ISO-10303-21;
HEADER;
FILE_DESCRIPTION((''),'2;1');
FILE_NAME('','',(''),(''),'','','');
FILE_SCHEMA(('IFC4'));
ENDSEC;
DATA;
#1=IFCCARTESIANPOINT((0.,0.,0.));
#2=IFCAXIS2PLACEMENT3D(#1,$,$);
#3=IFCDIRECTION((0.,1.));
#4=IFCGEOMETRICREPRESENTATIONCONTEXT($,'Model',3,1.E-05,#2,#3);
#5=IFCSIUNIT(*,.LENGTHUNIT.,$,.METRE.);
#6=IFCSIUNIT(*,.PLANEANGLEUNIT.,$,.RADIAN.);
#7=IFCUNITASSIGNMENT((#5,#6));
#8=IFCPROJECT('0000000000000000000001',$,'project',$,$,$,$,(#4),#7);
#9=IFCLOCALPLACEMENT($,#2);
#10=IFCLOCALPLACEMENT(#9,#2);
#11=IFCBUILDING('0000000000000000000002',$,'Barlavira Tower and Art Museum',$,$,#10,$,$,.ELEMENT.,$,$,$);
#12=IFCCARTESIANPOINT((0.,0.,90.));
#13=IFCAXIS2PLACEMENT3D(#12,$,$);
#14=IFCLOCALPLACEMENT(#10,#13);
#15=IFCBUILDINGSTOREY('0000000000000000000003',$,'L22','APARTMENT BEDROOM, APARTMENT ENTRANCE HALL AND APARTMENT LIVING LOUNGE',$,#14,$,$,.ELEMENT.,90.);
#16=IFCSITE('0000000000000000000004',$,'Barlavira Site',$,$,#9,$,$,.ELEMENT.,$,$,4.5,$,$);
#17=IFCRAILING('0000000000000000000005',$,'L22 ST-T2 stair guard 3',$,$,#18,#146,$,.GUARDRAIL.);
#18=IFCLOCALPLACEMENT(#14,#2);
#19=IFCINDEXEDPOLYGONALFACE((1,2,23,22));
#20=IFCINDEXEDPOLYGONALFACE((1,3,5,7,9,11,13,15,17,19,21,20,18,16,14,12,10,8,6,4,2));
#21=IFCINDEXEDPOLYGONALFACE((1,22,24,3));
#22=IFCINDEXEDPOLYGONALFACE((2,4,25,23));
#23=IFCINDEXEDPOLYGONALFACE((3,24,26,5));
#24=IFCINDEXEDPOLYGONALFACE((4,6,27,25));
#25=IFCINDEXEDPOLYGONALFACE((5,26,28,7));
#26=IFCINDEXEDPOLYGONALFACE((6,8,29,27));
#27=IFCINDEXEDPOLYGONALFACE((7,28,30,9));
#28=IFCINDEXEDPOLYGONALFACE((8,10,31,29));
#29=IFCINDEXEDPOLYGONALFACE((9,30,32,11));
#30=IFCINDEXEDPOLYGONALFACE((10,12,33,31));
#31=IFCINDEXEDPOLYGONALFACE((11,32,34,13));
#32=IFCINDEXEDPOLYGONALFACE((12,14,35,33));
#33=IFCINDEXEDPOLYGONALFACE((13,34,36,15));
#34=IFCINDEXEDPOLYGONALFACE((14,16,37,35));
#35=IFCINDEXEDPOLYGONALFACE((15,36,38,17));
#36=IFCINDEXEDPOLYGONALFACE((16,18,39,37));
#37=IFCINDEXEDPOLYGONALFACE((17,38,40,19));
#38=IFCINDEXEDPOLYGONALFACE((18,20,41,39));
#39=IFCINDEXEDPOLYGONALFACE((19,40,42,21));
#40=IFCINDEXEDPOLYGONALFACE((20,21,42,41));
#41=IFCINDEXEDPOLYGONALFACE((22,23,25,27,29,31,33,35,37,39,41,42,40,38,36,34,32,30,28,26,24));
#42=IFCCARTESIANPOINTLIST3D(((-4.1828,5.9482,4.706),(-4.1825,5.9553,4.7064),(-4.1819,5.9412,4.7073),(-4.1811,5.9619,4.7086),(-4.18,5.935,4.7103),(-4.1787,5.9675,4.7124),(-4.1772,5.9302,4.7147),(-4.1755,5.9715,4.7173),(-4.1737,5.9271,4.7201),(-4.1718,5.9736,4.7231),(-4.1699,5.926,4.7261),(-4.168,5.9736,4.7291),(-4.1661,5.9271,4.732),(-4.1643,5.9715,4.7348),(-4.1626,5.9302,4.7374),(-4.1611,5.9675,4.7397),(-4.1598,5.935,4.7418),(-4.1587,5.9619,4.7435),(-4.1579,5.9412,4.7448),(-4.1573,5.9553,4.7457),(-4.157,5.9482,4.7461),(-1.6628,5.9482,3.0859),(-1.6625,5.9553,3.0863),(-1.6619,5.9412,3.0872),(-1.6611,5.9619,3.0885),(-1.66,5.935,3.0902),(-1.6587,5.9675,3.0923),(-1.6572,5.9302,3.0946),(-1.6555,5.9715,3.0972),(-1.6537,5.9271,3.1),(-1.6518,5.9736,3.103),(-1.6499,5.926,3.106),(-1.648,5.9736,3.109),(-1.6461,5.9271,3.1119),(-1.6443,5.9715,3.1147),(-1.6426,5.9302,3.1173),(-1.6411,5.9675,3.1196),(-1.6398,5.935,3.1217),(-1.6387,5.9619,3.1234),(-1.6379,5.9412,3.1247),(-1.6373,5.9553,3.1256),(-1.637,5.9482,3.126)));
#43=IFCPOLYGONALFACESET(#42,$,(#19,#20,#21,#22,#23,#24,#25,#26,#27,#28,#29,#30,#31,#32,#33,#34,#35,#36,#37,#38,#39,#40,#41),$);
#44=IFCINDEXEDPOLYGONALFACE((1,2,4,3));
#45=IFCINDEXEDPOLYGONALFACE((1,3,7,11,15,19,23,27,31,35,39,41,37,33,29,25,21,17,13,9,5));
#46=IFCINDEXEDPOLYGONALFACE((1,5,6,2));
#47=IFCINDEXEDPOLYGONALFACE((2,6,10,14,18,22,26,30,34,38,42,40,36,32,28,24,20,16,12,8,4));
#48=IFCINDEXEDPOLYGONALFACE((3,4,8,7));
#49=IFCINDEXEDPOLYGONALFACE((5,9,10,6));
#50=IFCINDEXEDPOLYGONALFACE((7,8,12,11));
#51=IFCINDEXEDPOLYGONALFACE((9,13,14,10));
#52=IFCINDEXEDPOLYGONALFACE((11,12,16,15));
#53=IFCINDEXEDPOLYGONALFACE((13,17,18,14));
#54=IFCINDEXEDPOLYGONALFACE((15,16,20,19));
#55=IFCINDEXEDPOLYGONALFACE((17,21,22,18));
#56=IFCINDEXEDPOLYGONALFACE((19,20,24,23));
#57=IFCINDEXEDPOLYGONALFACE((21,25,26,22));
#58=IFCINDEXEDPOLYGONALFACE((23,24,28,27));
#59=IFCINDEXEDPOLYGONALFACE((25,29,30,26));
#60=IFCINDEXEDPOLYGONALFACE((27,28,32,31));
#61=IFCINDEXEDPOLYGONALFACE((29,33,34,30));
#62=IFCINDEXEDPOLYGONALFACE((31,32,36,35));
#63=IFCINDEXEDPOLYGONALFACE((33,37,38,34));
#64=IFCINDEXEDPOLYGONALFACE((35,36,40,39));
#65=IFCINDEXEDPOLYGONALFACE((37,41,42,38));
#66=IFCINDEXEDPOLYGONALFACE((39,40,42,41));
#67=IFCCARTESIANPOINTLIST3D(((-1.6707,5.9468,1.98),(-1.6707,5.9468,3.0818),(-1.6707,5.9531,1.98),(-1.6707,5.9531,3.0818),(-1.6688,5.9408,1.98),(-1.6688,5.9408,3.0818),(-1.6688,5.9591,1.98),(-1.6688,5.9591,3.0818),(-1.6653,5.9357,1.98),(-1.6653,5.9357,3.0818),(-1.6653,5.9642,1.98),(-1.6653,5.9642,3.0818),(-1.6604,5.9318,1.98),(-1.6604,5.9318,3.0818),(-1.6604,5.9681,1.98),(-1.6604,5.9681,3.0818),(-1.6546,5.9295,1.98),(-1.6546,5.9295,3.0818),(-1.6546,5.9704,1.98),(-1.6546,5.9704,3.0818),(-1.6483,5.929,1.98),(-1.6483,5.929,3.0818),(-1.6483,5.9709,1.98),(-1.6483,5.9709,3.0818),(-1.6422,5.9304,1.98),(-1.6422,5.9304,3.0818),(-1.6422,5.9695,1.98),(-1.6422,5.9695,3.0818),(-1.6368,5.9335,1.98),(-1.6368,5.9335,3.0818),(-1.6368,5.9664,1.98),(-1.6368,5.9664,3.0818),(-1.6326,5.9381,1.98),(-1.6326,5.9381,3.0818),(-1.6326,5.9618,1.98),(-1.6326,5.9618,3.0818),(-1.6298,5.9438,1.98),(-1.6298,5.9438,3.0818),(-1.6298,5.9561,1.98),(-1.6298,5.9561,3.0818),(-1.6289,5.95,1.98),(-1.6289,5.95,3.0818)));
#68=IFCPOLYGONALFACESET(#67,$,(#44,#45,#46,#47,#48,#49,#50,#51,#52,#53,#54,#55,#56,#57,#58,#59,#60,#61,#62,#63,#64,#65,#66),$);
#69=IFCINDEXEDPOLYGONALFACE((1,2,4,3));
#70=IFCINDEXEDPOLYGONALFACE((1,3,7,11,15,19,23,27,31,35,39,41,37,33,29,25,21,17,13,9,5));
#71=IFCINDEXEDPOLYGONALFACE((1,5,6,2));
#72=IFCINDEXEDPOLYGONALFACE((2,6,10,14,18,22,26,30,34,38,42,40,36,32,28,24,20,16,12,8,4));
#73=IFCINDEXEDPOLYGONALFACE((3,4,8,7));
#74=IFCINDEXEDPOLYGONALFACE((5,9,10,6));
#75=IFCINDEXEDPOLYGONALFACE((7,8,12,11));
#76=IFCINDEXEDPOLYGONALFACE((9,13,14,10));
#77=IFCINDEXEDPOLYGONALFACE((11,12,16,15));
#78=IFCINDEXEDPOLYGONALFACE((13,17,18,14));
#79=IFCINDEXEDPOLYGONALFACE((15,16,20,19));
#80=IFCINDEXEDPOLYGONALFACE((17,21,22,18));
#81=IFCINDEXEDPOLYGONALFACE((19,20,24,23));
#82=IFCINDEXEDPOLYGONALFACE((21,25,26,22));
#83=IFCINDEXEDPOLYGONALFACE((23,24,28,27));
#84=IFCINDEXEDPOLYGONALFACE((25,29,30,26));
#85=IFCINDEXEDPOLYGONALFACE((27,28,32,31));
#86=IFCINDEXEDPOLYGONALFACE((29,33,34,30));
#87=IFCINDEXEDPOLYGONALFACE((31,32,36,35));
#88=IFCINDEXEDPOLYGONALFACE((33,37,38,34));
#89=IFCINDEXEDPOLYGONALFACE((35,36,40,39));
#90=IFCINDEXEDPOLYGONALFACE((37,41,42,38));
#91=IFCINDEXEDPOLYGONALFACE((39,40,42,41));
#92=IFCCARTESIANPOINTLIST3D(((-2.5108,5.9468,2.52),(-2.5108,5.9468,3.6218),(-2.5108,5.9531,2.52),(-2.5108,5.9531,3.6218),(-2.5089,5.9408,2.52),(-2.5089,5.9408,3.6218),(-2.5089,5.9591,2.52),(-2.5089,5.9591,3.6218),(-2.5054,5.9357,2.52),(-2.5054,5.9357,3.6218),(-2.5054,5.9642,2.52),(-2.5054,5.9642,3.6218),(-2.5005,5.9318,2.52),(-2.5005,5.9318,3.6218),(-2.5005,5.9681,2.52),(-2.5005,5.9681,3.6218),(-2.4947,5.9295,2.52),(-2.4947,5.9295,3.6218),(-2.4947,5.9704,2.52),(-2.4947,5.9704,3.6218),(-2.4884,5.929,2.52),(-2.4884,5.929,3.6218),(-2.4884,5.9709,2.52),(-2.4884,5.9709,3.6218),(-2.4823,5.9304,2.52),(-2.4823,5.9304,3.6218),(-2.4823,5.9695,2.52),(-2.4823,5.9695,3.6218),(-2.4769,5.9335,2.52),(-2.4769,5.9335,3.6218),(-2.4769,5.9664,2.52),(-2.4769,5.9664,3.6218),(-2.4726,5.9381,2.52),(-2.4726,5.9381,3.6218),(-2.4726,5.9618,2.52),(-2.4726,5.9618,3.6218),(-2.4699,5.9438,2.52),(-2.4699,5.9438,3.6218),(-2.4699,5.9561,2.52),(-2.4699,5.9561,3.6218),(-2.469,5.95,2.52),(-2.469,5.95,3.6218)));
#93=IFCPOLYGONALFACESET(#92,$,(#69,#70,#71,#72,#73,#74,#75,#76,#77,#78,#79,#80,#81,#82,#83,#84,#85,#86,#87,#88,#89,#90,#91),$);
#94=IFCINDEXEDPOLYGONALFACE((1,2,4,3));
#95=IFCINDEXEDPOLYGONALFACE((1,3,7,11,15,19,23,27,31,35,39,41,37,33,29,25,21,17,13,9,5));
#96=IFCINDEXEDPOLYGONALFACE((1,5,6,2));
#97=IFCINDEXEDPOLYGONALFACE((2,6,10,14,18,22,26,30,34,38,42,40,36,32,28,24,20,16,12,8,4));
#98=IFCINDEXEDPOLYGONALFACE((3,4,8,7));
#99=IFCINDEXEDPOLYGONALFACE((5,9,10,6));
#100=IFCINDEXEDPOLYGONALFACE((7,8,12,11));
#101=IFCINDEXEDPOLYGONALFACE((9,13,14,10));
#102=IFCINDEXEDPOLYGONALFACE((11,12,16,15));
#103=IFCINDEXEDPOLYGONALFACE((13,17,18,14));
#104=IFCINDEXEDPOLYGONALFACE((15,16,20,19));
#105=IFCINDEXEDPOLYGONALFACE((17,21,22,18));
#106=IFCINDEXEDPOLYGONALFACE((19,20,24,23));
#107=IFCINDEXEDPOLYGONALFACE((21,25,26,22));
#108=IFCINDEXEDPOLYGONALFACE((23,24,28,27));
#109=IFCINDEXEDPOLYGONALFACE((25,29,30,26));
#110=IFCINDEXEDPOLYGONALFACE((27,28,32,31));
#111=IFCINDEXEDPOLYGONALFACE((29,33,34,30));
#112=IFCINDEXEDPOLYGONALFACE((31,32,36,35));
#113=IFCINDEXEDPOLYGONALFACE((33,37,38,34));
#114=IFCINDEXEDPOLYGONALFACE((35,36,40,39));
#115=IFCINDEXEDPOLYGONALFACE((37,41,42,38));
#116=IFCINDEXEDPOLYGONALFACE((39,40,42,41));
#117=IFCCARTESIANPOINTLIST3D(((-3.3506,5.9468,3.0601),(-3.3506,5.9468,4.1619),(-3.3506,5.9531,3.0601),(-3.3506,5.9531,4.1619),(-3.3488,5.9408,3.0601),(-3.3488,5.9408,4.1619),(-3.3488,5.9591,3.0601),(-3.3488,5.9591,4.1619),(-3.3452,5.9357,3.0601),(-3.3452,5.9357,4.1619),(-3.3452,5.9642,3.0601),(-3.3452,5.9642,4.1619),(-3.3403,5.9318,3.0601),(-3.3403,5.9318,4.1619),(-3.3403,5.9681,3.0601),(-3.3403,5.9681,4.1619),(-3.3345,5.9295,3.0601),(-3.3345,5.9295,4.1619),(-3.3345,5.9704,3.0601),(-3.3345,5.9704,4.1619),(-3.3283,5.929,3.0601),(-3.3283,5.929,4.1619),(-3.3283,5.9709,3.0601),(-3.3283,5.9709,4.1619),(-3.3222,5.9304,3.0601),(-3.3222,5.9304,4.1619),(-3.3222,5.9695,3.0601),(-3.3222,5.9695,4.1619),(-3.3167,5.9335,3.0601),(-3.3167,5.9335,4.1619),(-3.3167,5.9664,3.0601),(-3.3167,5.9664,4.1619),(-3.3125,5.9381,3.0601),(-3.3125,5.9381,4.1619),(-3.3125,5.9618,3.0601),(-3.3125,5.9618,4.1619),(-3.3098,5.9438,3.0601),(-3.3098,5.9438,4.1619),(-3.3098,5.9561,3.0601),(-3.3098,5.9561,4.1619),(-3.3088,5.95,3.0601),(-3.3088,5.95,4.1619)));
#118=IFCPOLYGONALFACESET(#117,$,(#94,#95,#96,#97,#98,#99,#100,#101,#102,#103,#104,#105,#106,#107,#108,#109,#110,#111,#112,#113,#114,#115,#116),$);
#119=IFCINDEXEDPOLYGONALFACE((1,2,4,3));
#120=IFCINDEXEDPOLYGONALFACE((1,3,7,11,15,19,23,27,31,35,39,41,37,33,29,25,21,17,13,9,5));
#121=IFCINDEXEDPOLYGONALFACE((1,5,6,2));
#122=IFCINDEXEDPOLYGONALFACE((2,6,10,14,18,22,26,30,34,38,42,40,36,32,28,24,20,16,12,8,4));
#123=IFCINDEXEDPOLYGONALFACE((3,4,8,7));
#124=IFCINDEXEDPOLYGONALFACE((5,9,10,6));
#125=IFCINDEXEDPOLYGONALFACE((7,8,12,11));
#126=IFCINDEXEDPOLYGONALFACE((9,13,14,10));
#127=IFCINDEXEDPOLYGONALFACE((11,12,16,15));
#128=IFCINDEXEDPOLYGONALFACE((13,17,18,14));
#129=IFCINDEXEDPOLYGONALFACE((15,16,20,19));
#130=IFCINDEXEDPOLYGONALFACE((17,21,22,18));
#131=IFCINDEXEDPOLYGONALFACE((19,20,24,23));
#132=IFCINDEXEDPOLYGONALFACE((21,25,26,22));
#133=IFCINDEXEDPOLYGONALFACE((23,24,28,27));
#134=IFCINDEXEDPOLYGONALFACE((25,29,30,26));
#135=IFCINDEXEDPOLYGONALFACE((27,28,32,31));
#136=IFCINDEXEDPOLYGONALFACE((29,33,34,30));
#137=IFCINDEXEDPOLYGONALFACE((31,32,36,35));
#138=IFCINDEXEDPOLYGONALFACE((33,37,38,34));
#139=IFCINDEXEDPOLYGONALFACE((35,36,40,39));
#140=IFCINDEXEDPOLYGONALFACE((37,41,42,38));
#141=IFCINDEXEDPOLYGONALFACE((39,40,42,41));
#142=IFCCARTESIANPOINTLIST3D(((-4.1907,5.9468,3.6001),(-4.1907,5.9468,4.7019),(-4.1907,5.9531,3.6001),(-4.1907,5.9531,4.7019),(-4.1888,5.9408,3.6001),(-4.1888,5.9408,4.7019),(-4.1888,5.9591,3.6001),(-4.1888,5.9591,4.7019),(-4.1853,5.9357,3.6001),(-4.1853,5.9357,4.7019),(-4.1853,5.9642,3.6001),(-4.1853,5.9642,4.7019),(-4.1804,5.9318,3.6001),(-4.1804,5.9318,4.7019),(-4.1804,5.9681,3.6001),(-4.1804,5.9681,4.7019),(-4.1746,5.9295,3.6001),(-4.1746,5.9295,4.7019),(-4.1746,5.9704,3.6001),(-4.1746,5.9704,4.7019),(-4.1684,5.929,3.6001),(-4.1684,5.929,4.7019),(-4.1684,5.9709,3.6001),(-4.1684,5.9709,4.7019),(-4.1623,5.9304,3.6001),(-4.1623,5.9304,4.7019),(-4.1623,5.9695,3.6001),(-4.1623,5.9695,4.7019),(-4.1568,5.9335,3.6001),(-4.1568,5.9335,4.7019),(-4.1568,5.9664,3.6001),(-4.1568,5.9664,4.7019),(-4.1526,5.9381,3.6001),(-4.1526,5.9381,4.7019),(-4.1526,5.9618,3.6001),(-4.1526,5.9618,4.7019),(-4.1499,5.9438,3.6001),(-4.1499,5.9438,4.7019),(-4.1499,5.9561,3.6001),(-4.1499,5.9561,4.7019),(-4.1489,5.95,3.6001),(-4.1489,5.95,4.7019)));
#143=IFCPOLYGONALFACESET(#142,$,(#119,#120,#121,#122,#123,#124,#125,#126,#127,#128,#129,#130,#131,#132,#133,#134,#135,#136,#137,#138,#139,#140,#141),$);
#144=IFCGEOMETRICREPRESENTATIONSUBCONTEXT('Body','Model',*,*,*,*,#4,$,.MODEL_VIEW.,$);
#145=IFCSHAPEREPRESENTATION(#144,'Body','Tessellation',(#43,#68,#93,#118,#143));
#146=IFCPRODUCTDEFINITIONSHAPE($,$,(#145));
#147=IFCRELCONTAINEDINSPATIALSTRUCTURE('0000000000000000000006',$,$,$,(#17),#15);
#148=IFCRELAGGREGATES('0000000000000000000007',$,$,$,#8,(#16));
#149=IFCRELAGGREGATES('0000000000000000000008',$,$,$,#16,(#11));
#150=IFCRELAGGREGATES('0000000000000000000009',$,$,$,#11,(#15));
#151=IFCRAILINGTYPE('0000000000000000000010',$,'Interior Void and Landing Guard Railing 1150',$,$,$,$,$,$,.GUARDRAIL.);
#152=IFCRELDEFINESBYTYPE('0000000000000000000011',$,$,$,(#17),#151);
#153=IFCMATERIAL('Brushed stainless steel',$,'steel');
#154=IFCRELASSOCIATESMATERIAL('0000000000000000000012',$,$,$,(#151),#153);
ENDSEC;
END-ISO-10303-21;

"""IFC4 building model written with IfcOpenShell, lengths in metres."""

from ifc_helpers import new_model, si_unit, direction, frame, origin, origin_2d, place, context, subcontext, project, spatial, circle, extrude, material, type_object, element, save


model = new_model("IFC4")

# Units and contexts
model_context = context("Model", 3, precision=1e-05, world=origin(), true_north=direction((0.0, 1.0)))
body_context = subcontext(model_context, "Body", "Model", "MODEL_VIEW")
ifc_project = project(units=[si_unit("LENGTHUNIT", "METRE"), si_unit("PLANEANGLEUNIT", "RADIAN")], contexts=[model_context])

# Site, building, storey
site_placement = place(None, origin())
site = spatial("IfcSite", under=ifc_project, at=site_placement, Name="Barlavira Site", CompositionType="ELEMENT", RefElevation=4.5)
building_placement = place(site_placement, origin())
building = spatial("IfcBuilding", under=site, at=building_placement, Name="Barlavira Tower and Art Museum", CompositionType="ELEMENT")
storey_placement = place(building_placement, frame((0.0, 0.0, 90.0)))
storey = spatial("IfcBuildingStorey", under=building, at=storey_placement, Name="L22", Description="APARTMENT BEDROOM, APARTMENT ENTRANCE HALL AND APARTMENT LIVING LOUNGE", CompositionType="ELEMENT", Elevation=90.0)

# Shared definitions
ifc_material_1 = material(Name="Brushed stainless steel", Category="steel")

# Railing
railing_type_1 = type_object("IfcRailingType", Name="Interior Void and Landing Guard Railing 1150", PredefinedType="GUARDRAIL", material=ifc_material_1)
railing_1_placement = place(storey_placement, frame((-1.6499, 5.95, 1.98)))
element("IfcRailing", 1, at=railing_1_placement, inside=storey, type_object=railing_type_1, Name="L22 ST-T2 stair guard 3", PredefinedType="GUARDRAIL", context=body_context, shape_type="SweptSolid", body=[
    extrude(circle(Radius=0.0239, at=origin_2d()), frame((0.0, 0.0, 1.126), z_axis=(-0.841163, 0.0, 0.540782), x_axis=(0.0, -1.0, 0.0)), (0.0, 0.0, 1.0), 2.9958),
    extrude(circle(Radius=0.021, at=origin_2d()), origin(), (0.0, 0.0, 1.0), 1.1018),
    extrude(circle(Radius=0.021, at=origin_2d()), frame((-0.8401, 0.0, 0.54)), (0.0, 0.0, 1.0), 1.1018),
    extrude(circle(Radius=0.021, at=origin_2d()), frame((-1.6799, 0.0, 1.0801)), (0.0, 0.0, 1.0), 1.1018),
    extrude(circle(Radius=0.021, at=origin_2d()), frame((-2.52, 0.0, 1.6201)), (0.0, 0.0, 1.0), 1.1018),
])

save(model, "model.ifc")
